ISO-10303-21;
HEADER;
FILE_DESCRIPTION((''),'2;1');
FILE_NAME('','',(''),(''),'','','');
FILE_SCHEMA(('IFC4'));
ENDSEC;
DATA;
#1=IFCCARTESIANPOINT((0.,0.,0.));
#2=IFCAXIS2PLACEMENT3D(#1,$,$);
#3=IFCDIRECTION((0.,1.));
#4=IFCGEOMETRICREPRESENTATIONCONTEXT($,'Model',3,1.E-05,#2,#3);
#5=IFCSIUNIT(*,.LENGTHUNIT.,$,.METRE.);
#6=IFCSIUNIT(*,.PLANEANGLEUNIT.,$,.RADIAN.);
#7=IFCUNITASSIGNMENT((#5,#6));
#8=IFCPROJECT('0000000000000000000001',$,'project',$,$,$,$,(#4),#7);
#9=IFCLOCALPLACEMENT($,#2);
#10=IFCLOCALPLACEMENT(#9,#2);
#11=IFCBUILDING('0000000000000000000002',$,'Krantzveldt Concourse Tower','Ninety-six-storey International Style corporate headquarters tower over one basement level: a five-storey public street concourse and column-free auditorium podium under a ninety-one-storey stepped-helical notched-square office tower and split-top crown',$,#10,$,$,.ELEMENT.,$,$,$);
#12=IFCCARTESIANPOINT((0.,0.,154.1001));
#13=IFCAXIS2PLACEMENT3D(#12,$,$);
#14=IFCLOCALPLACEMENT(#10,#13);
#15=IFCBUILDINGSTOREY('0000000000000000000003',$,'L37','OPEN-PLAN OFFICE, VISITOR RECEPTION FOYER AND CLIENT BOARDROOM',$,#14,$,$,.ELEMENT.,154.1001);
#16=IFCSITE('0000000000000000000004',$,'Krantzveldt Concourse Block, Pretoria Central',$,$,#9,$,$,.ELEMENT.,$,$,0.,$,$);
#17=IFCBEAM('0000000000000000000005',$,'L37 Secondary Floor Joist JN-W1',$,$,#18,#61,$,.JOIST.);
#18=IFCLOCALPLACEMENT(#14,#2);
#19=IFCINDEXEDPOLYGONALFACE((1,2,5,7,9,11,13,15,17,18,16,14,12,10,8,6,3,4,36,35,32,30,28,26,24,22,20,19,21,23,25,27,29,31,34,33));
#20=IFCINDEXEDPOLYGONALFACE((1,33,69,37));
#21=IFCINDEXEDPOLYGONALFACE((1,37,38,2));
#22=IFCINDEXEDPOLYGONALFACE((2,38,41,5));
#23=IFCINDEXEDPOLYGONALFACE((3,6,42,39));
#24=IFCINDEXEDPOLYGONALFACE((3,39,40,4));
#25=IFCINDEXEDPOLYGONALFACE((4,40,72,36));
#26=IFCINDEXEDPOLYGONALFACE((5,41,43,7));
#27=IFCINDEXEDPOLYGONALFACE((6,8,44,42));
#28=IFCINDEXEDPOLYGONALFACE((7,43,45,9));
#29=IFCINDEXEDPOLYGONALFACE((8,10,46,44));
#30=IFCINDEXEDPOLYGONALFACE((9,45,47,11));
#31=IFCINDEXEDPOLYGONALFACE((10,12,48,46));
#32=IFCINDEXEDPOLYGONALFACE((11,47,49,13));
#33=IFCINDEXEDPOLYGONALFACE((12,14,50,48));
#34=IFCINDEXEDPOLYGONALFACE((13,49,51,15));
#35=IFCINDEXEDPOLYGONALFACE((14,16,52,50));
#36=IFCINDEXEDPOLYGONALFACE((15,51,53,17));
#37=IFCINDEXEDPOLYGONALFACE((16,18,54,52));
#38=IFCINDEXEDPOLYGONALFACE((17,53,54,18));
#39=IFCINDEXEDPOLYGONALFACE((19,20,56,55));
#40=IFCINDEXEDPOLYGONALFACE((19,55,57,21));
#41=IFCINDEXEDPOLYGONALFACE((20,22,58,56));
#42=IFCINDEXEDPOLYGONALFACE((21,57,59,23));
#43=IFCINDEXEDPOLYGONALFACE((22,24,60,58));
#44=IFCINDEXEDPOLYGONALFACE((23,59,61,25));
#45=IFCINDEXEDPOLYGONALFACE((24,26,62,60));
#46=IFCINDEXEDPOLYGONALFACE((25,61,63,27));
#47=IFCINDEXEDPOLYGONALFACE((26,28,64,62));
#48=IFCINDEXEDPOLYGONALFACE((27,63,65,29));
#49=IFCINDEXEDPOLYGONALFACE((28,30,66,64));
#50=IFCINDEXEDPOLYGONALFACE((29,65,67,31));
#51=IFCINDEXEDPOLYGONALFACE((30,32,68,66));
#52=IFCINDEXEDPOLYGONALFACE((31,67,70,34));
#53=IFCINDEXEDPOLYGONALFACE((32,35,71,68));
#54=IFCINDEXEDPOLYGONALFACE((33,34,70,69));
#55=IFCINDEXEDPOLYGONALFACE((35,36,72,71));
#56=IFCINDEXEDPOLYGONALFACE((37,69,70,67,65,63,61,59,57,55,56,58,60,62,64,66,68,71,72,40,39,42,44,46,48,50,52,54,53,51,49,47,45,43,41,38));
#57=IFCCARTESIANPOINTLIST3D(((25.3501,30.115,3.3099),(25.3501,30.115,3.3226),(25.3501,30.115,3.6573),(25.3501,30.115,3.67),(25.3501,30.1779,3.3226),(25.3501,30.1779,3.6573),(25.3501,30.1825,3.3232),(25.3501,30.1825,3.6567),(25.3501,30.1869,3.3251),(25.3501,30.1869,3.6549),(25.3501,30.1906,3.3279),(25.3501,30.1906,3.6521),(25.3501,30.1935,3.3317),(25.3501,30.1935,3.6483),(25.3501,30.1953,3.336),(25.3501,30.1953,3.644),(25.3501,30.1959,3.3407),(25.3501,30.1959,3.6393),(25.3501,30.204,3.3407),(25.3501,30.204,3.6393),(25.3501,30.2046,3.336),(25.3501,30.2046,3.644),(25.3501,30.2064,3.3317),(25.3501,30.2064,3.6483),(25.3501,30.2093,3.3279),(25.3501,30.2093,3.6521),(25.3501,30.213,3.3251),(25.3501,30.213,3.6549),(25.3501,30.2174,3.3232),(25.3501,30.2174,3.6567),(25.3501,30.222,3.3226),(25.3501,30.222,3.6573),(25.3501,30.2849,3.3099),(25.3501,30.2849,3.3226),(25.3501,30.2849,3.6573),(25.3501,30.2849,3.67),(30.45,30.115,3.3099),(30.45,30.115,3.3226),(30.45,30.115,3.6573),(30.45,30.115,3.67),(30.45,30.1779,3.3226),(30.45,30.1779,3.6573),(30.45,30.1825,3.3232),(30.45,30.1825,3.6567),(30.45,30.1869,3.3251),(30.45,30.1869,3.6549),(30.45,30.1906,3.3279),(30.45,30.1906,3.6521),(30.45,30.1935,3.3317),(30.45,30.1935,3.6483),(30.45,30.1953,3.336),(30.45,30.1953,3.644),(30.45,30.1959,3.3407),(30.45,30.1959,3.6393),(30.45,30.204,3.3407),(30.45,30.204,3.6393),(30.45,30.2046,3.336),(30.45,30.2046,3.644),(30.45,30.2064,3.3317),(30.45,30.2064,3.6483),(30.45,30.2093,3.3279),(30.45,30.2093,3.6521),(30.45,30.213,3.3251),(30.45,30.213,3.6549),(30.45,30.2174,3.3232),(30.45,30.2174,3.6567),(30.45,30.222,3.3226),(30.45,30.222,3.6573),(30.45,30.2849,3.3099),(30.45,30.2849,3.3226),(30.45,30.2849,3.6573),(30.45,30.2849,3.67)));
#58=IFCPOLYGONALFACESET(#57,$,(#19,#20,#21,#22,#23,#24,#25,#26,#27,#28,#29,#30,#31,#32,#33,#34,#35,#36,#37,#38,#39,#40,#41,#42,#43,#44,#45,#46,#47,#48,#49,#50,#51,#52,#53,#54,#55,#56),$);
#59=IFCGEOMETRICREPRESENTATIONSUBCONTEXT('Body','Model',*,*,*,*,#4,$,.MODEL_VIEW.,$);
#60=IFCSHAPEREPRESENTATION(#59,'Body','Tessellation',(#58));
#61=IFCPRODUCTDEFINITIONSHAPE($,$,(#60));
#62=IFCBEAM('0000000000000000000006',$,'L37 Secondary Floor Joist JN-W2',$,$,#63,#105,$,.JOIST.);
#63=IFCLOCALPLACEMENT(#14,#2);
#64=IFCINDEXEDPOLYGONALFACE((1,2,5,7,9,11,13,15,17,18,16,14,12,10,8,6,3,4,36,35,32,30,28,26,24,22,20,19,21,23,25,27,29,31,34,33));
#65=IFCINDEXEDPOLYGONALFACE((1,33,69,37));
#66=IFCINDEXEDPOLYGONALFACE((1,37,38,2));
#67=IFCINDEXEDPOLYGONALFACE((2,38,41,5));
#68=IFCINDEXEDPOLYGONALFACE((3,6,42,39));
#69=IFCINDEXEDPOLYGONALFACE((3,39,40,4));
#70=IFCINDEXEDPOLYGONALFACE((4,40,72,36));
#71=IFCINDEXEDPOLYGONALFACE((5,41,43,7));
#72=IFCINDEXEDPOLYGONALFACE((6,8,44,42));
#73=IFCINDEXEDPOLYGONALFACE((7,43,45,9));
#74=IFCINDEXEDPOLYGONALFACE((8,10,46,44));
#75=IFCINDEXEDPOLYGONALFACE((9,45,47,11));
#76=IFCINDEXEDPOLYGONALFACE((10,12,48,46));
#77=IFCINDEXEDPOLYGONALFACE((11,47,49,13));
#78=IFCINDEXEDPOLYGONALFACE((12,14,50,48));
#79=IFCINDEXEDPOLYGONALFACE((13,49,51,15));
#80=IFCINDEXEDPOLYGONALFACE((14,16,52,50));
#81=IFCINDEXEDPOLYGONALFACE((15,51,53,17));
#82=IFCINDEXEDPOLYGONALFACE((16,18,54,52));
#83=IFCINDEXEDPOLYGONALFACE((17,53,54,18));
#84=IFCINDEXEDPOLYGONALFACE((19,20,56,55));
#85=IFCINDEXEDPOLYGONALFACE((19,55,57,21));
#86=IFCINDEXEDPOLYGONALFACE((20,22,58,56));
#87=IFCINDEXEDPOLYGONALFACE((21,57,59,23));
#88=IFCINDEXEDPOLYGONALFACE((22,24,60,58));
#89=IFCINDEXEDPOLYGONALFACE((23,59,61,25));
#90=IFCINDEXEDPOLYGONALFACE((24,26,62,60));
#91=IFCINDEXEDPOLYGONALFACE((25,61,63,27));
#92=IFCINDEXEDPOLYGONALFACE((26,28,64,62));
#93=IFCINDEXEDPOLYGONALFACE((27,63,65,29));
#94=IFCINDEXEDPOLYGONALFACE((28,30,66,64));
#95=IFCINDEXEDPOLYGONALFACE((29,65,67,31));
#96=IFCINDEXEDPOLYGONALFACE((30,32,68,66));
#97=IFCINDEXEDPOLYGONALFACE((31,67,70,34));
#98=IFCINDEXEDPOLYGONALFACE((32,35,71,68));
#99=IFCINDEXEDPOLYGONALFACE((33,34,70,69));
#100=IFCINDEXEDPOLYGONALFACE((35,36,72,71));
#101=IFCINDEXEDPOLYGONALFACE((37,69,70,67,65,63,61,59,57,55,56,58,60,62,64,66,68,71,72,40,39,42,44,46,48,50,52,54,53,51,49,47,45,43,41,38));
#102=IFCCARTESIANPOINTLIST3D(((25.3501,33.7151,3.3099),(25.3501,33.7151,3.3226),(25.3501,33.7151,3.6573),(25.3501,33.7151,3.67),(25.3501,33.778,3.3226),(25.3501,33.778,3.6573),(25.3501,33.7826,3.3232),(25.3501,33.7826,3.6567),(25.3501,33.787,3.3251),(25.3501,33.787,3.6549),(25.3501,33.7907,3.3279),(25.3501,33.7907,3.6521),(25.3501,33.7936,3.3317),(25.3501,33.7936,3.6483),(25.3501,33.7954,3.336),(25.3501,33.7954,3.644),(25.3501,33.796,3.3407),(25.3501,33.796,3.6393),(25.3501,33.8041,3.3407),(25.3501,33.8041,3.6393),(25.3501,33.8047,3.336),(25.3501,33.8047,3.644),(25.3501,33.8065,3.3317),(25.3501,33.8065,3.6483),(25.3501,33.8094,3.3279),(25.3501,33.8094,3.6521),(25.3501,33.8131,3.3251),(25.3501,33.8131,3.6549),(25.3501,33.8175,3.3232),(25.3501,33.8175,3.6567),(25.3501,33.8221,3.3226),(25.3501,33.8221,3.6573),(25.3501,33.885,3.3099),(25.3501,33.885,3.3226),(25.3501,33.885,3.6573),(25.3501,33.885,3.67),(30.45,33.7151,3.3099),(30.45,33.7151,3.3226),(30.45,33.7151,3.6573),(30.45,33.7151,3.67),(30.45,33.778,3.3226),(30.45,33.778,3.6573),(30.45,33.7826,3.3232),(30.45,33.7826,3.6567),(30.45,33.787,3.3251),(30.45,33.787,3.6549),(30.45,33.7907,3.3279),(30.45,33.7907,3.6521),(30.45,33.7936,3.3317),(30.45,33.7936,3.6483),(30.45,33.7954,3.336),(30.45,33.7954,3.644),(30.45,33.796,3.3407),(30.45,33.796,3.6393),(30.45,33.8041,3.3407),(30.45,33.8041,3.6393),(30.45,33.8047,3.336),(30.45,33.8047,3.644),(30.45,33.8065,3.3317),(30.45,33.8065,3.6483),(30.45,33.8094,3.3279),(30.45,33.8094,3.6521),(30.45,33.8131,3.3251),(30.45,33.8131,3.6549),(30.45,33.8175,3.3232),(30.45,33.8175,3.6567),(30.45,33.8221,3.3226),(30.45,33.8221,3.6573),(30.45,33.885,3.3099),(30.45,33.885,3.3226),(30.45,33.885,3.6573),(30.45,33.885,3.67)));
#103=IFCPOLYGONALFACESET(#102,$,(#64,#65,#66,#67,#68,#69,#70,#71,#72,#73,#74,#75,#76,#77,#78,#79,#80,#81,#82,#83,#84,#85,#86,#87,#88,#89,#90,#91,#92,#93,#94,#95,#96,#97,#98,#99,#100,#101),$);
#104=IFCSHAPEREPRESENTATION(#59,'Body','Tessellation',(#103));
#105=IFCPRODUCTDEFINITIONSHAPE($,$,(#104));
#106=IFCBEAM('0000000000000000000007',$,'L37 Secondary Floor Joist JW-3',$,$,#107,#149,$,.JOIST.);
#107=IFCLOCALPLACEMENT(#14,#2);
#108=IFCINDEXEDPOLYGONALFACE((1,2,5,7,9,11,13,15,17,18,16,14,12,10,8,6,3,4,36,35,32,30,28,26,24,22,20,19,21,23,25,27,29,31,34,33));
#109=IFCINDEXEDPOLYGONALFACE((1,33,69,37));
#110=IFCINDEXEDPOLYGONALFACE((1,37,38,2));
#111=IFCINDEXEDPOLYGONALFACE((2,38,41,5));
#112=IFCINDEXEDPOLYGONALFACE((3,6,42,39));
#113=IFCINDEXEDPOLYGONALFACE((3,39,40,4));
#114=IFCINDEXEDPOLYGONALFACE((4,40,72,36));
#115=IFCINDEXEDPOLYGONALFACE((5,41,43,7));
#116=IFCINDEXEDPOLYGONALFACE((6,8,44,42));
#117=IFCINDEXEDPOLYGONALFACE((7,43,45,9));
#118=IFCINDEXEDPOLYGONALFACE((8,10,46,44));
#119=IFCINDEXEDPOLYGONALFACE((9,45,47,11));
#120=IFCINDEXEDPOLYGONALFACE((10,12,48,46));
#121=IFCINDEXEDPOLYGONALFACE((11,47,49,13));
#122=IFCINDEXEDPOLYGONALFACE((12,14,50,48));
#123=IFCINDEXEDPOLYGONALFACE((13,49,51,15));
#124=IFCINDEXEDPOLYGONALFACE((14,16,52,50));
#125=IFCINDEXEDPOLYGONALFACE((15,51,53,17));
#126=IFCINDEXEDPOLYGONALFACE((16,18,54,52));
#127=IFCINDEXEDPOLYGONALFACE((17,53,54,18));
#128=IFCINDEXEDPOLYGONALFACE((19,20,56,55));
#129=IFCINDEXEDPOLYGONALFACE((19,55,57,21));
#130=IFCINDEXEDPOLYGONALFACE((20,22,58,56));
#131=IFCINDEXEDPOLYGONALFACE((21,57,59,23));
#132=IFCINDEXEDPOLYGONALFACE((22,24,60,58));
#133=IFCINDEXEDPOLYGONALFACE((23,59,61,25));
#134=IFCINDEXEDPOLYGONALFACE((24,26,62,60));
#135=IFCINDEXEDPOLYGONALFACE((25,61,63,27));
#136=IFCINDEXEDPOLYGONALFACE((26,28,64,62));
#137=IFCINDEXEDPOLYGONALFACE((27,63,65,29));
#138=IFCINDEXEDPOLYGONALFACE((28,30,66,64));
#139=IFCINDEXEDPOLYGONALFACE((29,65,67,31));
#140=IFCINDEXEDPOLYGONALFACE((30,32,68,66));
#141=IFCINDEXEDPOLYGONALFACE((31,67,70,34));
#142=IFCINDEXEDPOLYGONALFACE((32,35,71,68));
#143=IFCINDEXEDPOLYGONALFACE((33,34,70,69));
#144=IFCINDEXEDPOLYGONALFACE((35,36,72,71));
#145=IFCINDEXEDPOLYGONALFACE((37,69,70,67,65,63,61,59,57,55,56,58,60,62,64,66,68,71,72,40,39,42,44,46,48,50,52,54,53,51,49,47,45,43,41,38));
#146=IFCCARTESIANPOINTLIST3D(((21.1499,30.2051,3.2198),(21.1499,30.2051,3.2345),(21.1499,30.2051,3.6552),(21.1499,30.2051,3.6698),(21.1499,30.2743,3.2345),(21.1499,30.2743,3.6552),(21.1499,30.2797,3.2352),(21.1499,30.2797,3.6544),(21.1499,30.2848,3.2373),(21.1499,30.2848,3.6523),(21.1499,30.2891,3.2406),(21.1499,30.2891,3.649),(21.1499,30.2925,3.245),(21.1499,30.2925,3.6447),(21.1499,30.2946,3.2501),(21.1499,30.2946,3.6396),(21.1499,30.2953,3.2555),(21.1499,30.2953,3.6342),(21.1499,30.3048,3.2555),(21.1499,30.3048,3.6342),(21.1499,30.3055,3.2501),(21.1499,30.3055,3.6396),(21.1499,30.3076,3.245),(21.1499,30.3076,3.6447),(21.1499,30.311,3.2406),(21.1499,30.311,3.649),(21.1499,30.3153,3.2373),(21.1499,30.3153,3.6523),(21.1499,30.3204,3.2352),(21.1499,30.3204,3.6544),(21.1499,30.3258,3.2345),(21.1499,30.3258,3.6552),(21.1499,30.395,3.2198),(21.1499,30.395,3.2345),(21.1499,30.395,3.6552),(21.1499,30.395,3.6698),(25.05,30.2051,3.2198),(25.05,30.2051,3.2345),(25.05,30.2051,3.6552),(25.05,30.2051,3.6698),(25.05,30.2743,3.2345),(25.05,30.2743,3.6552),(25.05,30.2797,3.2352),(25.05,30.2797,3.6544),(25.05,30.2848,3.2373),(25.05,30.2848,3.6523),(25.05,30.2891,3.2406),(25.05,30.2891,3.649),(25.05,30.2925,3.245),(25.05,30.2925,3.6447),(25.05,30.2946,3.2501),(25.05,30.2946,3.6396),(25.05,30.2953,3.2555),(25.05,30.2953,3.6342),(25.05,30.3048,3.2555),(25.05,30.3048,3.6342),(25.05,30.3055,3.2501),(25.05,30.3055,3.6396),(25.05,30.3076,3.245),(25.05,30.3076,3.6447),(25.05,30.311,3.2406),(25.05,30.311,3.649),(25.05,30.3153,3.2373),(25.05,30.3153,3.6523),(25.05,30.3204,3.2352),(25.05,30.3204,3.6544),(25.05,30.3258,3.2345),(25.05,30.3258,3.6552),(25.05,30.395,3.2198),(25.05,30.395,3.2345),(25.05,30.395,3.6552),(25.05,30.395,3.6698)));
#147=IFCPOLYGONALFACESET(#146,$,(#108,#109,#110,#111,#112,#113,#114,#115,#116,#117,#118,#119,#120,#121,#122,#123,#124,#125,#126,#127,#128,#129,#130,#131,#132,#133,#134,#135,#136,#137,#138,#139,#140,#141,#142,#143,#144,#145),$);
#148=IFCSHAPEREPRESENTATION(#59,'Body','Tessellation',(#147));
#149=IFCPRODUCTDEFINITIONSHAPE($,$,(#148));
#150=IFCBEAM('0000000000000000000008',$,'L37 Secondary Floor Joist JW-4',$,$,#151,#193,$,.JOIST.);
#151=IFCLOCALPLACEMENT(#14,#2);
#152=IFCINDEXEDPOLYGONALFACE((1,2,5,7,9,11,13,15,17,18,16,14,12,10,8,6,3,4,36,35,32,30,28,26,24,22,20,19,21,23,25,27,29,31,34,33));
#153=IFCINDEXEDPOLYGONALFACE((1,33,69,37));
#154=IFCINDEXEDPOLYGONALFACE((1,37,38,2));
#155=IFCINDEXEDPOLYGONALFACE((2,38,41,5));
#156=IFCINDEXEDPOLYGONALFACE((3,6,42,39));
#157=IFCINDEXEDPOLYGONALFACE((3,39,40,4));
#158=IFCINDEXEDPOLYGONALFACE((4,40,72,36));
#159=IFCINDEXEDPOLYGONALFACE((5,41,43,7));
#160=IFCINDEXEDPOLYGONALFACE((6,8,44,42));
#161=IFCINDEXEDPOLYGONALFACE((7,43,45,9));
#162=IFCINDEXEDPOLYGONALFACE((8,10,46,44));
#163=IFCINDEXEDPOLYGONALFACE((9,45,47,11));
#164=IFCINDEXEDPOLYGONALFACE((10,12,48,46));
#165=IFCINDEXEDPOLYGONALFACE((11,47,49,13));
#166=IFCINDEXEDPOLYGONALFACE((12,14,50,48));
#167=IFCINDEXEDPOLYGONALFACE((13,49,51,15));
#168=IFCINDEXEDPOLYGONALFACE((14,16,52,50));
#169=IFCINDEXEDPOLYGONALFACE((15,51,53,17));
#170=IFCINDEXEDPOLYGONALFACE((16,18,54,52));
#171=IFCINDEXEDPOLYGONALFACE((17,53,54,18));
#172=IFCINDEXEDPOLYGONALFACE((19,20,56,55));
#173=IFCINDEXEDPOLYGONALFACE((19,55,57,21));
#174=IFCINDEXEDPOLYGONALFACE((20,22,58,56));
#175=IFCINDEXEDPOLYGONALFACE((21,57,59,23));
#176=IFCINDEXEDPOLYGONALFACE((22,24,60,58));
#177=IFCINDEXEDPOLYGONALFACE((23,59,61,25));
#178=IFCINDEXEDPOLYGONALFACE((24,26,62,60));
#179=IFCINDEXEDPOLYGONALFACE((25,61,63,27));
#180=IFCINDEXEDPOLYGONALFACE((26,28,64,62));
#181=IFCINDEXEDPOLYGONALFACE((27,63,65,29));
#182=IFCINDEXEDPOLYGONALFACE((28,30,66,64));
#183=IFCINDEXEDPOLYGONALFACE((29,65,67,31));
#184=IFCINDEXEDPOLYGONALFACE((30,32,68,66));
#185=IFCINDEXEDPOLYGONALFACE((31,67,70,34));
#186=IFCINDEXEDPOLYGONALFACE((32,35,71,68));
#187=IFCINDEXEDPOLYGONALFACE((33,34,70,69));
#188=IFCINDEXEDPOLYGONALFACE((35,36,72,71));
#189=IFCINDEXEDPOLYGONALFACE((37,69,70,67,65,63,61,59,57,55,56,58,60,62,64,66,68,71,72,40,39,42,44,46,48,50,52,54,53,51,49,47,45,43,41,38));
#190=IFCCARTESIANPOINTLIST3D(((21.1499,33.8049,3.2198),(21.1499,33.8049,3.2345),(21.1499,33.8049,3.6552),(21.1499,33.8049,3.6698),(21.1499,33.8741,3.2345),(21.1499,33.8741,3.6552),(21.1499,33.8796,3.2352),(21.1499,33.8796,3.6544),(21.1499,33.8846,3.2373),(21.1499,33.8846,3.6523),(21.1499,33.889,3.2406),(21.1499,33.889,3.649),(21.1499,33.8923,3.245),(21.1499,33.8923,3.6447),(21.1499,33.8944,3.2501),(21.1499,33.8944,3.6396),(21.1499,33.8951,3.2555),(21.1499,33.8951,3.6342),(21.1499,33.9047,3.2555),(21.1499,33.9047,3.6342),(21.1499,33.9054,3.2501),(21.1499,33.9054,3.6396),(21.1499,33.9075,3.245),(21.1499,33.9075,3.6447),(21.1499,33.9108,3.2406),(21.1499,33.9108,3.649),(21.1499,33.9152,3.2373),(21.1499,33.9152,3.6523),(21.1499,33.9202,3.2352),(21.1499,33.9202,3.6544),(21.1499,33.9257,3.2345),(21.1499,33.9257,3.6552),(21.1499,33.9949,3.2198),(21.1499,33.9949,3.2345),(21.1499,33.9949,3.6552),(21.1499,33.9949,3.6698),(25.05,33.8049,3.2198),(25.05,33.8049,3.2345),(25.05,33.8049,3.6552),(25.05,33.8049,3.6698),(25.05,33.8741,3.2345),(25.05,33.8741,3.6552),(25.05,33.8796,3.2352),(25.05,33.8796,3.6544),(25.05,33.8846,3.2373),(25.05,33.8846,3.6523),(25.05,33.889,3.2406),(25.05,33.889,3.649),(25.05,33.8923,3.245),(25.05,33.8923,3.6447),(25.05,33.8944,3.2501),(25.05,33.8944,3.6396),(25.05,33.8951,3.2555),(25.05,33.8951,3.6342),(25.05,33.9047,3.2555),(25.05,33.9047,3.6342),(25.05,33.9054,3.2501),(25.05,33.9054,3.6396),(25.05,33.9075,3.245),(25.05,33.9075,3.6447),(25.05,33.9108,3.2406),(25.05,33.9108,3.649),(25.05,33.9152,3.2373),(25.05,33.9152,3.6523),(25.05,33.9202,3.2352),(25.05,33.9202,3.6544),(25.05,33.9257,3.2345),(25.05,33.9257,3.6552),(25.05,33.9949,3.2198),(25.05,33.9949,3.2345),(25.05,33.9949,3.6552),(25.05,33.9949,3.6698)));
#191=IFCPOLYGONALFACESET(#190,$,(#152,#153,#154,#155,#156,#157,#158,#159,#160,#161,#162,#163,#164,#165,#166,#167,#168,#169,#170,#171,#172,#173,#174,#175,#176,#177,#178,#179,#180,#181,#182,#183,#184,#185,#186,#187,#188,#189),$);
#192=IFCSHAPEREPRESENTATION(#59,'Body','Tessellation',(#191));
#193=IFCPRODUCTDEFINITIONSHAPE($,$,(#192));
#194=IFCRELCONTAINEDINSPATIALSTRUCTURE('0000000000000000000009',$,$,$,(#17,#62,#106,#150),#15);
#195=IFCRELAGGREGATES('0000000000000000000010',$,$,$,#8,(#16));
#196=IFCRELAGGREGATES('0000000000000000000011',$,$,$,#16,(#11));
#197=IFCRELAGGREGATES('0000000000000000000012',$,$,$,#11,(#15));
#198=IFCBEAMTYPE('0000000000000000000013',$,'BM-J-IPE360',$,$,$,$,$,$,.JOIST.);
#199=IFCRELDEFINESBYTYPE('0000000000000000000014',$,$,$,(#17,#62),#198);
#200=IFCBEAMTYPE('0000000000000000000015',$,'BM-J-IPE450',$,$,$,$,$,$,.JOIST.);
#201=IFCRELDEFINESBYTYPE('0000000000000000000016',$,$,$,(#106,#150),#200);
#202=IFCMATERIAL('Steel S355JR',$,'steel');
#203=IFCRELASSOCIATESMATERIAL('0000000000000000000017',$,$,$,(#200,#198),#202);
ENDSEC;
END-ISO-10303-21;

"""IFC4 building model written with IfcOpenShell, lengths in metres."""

from ifc_helpers import new_model, si_unit, direction, frame, origin, origin_2d, place, context, subcontext, project, spatial, i_section, extrude, source, transform, mapped, material, material_profile, profile_set, type_object, type_shapes, element, save


model = new_model("IFC4")

# Units and contexts
model_context = context("Model", 3, precision=1e-05, world=origin(), true_north=direction((0.0, 1.0)))
body_context = subcontext(model_context, "Body", "Model", "MODEL_VIEW")
ifc_project = project(units=[si_unit("LENGTHUNIT", "METRE"), si_unit("PLANEANGLEUNIT", "RADIAN")], contexts=[model_context])

# Site, building, storey
site_placement = place(None, origin())
site = spatial("IfcSite", under=ifc_project, at=site_placement, Name="Krantzveldt Concourse Block, Pretoria Central", CompositionType="ELEMENT", RefElevation=0.0)
building_placement = place(site_placement, origin())
building = spatial("IfcBuilding", under=site, at=building_placement, Name="Krantzveldt Concourse Tower", Description="Ninety-six-storey International Style corporate headquarters tower over one basement level: a five-storey public street concourse and column-free auditorium podium under a ninety-one-storey stepped-helical notched-square office tower and split-top crown", CompositionType="ELEMENT")
storey_placement = place(building_placement, frame((0.0, 0.0, 154.1001)))
storey = spatial("IfcBuildingStorey", under=building, at=storey_placement, Name="L37", Description="OPEN-PLAN OFFICE, VISITOR RECEPTION FOYER AND CLIENT BOARDROOM", CompositionType="ELEMENT", Elevation=154.1001)

# Beams
ifc_material_1 = material(Name="Steel S355JR", Category="steel")
ifc_material_profile_1 = material_profile(ifc_material_1, i_section(OverallWidth=0.1899, OverallDepth=0.45, WebThickness=0.0095, FlangeThickness=0.0146, FilletRadius=0.021, at=origin_2d()), Name="Steel S355JR", Category="steel")
ifc_profile_set_1 = profile_set([ifc_material_profile_1], Name="Steel S355JR - IPE 450")
beam_type_1 = type_object("IfcBeamType", Name="BM-J-IPE450", PredefinedType="JOIST", material=ifc_profile_set_1)
ifc_material_profile_2 = material_profile(ifc_material_1, i_section(OverallWidth=0.1699, OverallDepth=0.3601, WebThickness=0.0081, FlangeThickness=0.0127, FilletRadius=0.0181, at=origin_2d()), Name="Steel S355JR", Category="steel")
ifc_profile_set_2 = profile_set([ifc_material_profile_2], Name="Steel S355JR - IPE 360")
beam_type_2 = type_object("IfcBeamType", Name="BM-J-IPE360", PredefinedType="JOIST", material=ifc_profile_set_2)
shared_shape_1 = source(origin(), body_context, "Body", "SweptSolid", [
    extrude(i_section(OverallWidth=0.1699, OverallDepth=0.3601, WebThickness=0.0081, FlangeThickness=0.0127, FilletRadius=0.0181, at=origin_2d()), origin(), (0.0, 0.0, 1.0), 5.0999),
])
type_shapes(beam_type_2, [shared_shape_1])
for number, where, z_axis, x_axis, name in (
    (1, (25.3501, 30.2, 3.49), (1.0, 0.0, 0.0), (0.0, 1.0, 0.0), "L37 Secondary Floor Joist JN-W1"),
    (2, (25.3501, 33.8, 3.49), (1.0, 0.0, 0.0), (0.0, 1.0, 0.0), "L37 Secondary Floor Joist JN-W2"),
):
    element("IfcBeam", number, at=place(storey_placement, frame(where, z_axis=z_axis, x_axis=x_axis)), inside=storey, type_object=beam_type_2, Name=name, PredefinedType="JOIST", context=body_context, shape_type="MappedRepresentation", body=[
        mapped(shared_shape_1, transform((0.0, 0.0, 0.0), x_axis=(1.0, 0.0, 0.0), y_axis=(0.0, 1.0, 0.0), z_axis=(0.0, 0.0, 1.0), scale=1.0)),
    ])
shared_shape_2 = source(origin(), body_context, "Body", "SweptSolid", [
    extrude(i_section(OverallWidth=0.1899, OverallDepth=0.45, WebThickness=0.0095, FlangeThickness=0.0146, FilletRadius=0.021, at=origin_2d()), origin(), (0.0, 0.0, 1.0), 3.9001),
])
for number, where, z_axis, x_axis, name in (
    (3, (21.1499, 30.3, 3.4448), (1.0, 0.0, 0.0), (0.0, 1.0, 0.0), "L37 Secondary Floor Joist JW-3"),
    (4, (21.1499, 33.8999, 3.4448), (1.0, 0.0, 0.0), (0.0, 1.0, 0.0), "L37 Secondary Floor Joist JW-4"),
):
    element("IfcBeam", number, at=place(storey_placement, frame(where, z_axis=z_axis, x_axis=x_axis)), inside=storey, type_object=beam_type_1, Name=name, PredefinedType="JOIST", context=body_context, shape_type="MappedRepresentation", body=[
        mapped(shared_shape_2, transform((0.0, 0.0, 0.0), x_axis=(1.0, 0.0, 0.0), y_axis=(0.0, 1.0, 0.0), z_axis=(0.0, 0.0, 1.0), scale=1.0)),
    ])

save(model, "model.ifc")
